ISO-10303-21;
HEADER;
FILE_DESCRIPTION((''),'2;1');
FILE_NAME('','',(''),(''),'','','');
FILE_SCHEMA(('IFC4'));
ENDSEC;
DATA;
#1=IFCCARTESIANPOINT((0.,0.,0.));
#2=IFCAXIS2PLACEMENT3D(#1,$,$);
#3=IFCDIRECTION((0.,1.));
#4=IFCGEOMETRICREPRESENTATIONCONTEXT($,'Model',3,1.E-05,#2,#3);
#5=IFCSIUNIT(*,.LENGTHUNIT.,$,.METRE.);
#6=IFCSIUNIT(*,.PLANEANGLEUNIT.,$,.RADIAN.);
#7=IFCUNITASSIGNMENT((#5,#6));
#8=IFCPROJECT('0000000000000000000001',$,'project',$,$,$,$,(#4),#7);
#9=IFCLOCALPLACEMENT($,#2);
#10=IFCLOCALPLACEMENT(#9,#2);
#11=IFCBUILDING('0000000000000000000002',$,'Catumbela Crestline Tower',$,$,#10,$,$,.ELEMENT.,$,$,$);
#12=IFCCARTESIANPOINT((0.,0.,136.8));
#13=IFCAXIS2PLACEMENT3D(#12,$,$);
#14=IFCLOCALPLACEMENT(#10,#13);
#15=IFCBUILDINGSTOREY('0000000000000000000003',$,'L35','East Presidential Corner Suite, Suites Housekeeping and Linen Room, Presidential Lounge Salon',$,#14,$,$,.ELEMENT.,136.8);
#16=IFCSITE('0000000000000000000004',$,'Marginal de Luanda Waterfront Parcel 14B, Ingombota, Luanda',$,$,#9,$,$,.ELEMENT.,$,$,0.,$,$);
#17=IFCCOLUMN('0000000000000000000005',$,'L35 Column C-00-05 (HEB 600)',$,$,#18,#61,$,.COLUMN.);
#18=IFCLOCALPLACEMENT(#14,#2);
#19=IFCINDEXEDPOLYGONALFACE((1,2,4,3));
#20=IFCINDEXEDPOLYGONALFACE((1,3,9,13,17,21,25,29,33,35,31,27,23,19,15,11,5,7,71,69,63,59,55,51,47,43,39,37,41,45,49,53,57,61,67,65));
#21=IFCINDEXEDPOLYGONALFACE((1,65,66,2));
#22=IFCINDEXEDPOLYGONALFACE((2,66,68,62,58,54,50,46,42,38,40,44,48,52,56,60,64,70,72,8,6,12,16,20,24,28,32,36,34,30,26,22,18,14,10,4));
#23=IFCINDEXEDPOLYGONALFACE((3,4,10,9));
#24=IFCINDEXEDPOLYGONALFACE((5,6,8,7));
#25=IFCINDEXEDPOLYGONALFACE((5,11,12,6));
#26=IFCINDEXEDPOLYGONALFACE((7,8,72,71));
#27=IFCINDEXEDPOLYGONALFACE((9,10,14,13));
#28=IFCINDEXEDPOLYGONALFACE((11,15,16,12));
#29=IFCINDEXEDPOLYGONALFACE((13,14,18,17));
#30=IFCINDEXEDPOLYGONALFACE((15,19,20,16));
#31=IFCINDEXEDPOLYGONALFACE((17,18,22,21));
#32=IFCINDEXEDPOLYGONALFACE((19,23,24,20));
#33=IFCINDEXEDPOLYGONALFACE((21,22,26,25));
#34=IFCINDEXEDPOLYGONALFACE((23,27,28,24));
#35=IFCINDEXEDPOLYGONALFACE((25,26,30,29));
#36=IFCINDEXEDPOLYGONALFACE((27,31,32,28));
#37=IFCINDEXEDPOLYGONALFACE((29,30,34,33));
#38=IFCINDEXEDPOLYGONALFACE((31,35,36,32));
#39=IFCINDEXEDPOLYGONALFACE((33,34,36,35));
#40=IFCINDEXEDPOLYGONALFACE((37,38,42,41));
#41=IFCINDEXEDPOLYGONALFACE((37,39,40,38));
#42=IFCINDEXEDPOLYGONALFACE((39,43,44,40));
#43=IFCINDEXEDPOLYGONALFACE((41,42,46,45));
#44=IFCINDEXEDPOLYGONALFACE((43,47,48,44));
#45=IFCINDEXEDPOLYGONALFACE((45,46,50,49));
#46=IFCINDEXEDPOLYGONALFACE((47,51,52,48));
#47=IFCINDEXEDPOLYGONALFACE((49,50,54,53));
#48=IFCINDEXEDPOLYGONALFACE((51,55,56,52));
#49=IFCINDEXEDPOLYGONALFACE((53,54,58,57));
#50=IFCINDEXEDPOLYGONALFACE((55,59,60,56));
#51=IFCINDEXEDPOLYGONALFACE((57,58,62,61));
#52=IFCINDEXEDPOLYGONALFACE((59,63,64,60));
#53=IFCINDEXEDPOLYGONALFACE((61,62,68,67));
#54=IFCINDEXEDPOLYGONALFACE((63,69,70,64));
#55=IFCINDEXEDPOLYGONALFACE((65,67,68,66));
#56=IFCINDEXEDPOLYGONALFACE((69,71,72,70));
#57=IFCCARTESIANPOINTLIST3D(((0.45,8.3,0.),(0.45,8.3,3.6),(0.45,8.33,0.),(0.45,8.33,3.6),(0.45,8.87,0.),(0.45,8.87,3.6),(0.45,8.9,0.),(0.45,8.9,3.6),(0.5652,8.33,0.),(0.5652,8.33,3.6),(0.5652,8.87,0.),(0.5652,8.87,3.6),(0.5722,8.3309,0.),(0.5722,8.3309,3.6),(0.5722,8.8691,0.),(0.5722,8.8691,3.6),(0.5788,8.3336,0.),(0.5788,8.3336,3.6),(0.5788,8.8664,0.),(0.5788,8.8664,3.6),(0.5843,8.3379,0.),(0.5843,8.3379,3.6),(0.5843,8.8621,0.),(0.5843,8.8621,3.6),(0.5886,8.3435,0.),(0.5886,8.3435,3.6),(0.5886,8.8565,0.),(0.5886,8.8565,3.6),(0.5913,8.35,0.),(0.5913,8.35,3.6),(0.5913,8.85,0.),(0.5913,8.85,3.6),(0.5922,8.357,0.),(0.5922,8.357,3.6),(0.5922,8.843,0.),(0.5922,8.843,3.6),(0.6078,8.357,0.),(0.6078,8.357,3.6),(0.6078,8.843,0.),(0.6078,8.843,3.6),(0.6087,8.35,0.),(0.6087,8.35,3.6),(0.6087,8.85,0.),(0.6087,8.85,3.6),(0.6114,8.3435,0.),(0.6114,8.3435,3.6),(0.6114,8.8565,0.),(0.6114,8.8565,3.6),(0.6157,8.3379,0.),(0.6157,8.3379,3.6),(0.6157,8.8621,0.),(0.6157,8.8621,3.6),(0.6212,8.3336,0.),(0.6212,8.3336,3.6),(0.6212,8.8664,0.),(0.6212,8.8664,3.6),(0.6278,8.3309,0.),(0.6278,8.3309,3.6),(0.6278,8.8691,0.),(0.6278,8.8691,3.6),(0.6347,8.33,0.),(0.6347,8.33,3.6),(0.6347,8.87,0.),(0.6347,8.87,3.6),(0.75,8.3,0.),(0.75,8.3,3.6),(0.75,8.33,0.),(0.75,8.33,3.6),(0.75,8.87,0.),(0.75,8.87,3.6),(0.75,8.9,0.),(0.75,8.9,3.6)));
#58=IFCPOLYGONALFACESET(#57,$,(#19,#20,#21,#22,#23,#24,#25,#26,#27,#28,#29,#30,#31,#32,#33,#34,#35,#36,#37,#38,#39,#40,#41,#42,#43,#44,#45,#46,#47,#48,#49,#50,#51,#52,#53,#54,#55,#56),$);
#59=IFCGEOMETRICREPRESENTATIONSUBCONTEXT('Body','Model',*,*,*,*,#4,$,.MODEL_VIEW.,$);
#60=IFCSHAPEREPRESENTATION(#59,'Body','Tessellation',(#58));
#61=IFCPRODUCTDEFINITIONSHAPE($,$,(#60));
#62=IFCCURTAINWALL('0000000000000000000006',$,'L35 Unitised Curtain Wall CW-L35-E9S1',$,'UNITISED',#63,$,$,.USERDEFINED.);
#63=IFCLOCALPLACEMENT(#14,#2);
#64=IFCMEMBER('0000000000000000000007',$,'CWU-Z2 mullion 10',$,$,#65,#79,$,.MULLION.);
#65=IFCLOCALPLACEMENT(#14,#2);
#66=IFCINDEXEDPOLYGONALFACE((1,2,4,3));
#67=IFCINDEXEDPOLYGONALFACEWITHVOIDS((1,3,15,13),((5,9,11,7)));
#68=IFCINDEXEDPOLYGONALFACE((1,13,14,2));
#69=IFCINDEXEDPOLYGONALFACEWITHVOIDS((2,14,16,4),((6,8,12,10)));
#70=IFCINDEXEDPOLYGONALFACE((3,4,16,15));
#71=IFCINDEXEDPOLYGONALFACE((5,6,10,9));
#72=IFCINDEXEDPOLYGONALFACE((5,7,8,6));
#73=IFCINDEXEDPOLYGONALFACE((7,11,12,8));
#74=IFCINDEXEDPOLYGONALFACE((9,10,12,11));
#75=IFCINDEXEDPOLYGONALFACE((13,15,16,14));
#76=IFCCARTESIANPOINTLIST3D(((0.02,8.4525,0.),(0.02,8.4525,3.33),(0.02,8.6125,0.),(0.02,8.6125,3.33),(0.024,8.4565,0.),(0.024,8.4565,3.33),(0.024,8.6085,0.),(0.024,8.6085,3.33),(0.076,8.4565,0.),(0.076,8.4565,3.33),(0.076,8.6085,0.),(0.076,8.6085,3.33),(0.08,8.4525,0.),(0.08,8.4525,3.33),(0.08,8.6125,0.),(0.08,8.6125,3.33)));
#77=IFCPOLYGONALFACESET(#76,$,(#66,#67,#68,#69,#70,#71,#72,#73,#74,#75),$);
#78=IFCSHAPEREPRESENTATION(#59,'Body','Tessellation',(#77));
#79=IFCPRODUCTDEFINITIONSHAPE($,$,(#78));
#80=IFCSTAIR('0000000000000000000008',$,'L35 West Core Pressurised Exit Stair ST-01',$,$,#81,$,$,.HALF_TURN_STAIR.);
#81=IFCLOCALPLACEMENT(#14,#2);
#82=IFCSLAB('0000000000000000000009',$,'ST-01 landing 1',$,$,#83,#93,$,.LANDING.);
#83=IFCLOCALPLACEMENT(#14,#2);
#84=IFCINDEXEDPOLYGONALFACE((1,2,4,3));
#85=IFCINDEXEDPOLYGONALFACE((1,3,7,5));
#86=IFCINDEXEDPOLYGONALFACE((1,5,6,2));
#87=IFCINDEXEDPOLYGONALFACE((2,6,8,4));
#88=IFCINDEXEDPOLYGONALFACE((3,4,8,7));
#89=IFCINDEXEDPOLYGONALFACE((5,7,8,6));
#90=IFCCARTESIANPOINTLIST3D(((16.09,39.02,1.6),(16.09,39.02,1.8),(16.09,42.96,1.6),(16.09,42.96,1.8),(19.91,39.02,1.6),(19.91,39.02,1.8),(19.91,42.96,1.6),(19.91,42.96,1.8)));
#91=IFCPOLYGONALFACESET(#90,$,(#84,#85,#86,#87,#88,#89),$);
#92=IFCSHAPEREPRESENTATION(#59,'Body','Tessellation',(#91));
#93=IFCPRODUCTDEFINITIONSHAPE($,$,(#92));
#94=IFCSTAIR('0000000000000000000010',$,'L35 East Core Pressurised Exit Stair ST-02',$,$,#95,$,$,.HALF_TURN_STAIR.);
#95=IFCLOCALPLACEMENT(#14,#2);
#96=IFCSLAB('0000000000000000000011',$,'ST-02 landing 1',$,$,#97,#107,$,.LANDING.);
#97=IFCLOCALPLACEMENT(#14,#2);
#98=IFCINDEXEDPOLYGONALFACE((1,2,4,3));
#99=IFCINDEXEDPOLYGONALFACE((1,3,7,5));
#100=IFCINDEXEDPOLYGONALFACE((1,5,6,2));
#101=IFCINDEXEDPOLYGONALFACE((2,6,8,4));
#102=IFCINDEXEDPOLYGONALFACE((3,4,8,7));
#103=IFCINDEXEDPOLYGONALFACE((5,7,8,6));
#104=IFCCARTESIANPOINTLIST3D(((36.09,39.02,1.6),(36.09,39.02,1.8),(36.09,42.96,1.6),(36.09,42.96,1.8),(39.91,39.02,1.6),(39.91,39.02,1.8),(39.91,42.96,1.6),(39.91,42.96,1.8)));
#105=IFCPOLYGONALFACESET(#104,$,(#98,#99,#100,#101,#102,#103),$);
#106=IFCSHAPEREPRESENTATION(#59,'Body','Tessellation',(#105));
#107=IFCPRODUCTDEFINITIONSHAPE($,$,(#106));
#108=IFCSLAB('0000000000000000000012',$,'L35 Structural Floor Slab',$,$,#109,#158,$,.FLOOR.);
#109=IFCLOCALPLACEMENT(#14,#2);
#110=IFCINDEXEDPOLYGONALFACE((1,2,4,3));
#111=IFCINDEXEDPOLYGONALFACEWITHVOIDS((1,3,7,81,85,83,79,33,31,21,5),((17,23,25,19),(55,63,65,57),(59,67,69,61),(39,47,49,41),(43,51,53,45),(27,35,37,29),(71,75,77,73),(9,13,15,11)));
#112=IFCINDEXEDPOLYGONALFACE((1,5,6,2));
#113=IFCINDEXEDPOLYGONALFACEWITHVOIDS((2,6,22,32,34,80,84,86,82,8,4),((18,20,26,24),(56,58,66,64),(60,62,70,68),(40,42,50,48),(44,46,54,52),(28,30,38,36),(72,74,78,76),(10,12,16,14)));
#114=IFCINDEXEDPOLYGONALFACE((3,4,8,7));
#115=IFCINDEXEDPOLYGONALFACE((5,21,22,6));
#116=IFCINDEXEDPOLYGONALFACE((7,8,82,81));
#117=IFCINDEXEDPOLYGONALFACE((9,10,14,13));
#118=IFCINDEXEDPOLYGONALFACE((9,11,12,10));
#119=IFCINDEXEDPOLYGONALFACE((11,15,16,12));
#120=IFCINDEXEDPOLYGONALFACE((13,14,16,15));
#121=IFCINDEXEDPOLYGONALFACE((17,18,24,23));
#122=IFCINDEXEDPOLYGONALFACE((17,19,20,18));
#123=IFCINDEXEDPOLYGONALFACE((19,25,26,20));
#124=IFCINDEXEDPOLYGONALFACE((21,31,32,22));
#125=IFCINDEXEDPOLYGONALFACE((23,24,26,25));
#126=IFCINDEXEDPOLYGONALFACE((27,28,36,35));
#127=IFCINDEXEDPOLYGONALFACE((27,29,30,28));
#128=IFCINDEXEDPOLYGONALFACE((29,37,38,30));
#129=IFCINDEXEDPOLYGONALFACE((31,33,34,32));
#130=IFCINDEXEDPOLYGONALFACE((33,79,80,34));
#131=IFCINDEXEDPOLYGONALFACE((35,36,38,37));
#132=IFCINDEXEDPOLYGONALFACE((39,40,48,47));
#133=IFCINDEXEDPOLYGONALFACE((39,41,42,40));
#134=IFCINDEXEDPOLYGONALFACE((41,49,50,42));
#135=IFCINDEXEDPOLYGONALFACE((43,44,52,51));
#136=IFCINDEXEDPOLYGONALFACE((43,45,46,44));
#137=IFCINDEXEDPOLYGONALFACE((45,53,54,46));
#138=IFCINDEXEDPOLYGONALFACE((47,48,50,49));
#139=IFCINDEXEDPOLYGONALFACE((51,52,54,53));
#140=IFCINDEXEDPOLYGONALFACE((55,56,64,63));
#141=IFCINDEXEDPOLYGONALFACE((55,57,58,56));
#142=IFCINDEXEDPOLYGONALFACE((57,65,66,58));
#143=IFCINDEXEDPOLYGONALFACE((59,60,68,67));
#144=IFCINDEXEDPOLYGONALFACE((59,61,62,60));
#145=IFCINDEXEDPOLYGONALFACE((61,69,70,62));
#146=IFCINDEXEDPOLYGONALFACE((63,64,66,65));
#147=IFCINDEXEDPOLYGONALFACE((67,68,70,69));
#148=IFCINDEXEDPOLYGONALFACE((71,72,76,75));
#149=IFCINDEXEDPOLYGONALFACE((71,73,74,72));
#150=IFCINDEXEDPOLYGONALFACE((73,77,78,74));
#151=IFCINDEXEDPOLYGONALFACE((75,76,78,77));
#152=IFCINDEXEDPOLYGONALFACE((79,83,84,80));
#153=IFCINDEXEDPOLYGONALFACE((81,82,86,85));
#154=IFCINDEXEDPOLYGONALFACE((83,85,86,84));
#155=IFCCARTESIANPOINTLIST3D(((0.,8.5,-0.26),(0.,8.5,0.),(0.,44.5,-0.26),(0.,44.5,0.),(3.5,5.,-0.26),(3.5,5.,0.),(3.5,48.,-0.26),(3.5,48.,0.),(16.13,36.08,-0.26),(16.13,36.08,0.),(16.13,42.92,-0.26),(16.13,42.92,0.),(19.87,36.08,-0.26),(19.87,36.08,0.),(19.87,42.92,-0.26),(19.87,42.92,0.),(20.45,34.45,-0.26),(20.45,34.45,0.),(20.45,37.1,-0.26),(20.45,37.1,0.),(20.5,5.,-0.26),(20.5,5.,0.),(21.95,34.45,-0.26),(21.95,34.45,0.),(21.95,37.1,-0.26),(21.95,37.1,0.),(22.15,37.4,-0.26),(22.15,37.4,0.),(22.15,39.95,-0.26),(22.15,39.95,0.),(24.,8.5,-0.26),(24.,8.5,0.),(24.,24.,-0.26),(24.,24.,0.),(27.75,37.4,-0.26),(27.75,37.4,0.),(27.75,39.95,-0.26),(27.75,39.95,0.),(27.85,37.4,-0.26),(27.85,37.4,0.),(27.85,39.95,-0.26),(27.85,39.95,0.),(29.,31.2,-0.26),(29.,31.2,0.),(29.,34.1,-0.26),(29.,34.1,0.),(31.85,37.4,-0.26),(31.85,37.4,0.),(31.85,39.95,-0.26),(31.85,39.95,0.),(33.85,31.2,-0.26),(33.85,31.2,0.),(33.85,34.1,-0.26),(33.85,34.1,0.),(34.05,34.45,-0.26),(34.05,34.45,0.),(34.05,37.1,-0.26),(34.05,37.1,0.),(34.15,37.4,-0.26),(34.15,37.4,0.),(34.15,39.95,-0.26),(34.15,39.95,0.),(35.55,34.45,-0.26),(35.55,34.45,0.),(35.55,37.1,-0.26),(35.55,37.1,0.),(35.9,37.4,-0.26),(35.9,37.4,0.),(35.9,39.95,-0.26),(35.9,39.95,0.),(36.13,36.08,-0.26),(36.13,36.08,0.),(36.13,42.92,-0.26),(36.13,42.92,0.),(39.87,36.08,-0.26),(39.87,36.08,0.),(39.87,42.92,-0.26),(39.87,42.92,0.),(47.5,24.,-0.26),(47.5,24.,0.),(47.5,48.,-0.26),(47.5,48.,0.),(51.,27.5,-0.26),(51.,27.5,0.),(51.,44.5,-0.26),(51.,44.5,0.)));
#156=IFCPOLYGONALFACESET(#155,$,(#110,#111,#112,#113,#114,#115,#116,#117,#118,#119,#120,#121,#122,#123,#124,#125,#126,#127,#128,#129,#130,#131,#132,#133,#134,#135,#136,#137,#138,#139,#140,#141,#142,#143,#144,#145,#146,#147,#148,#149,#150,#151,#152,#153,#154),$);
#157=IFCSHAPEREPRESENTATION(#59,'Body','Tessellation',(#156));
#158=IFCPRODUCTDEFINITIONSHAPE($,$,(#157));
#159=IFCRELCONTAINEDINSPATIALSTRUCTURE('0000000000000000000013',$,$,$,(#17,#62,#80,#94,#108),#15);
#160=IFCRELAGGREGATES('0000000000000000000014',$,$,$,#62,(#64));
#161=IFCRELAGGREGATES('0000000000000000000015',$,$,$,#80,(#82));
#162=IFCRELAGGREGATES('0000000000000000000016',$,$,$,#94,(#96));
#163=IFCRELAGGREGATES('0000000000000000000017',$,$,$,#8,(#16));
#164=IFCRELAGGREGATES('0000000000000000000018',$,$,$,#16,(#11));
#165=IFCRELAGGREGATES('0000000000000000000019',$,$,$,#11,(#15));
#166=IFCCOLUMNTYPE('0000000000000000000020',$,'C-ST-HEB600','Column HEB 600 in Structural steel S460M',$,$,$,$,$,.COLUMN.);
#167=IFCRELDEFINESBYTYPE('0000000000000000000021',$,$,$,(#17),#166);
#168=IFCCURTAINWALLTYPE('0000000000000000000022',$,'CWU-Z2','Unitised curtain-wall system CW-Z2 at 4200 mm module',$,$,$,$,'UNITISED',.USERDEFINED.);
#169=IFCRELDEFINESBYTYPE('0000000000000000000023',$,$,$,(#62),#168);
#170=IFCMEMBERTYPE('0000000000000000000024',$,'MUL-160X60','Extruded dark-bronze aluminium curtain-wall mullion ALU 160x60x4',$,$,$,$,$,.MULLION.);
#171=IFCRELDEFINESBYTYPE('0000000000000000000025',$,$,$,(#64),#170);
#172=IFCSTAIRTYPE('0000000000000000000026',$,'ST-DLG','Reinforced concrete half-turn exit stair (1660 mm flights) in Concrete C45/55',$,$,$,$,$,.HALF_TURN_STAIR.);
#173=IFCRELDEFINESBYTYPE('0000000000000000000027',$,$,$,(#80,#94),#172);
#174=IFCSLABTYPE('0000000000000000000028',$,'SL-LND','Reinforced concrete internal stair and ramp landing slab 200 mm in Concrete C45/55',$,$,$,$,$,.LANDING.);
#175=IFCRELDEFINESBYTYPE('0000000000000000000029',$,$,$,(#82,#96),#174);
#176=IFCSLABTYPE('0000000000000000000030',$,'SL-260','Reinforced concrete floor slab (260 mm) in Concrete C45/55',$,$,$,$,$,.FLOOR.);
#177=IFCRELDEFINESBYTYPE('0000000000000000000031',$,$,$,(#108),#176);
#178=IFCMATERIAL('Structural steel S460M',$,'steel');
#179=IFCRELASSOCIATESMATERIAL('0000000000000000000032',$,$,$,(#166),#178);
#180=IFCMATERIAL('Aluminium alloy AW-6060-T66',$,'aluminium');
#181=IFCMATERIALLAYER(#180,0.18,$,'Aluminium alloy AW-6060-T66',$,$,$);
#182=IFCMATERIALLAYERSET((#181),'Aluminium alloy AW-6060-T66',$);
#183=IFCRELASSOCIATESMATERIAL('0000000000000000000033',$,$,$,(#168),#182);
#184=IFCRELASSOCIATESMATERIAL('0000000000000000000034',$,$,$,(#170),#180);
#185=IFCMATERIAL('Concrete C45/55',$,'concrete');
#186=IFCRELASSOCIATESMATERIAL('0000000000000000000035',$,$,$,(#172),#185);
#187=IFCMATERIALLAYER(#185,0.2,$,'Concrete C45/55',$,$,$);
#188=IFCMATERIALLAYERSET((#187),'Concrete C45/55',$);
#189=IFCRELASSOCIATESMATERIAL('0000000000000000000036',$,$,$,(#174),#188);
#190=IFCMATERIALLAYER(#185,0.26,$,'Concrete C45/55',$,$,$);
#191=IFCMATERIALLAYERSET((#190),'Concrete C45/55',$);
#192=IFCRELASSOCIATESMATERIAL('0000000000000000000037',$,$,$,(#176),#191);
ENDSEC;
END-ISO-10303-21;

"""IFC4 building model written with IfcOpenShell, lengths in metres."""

from ifc_helpers import new_model, si_unit, direction, frame, origin, origin_2d, place, context, subcontext, project, spatial, polyline, hollow_rectangle, i_section, outline, extrude, material, layer, layer_set, material_profile, profile_set, type_object, element, aggregate, save


model = new_model("IFC4")

# Units and contexts
model_context = context("Model", 3, precision=1e-05, world=origin(), true_north=direction((0.0, 1.0)))
body_context = subcontext(model_context, "Body", "Model", "MODEL_VIEW")
ifc_project = project(units=[si_unit("LENGTHUNIT", "METRE"), si_unit("PLANEANGLEUNIT", "RADIAN")], contexts=[model_context])

# Site, building, storey
site_placement = place(None, origin())
site = spatial("IfcSite", under=ifc_project, at=site_placement, Name="Marginal de Luanda Waterfront Parcel 14B, Ingombota, Luanda", CompositionType="ELEMENT", RefElevation=0.0)
building_placement = place(site_placement, origin())
building = spatial("IfcBuilding", under=site, at=building_placement, Name="Catumbela Crestline Tower", CompositionType="ELEMENT")
storey_placement = place(building_placement, frame((0.0, 0.0, 136.8)))
storey = spatial("IfcBuildingStorey", under=building, at=storey_placement, Name="L35", Description="East Presidential Corner Suite, Suites Housekeeping and Linen Room, Presidential Lounge Salon", CompositionType="ELEMENT", Elevation=136.8)

# Column
ifc_material_1 = material(Name="Structural steel S460M", Category="steel")
ifc_material_profile_1 = material_profile(ifc_material_1, i_section(OverallWidth=0.3, OverallDepth=0.6, WebThickness=0.0155, FlangeThickness=0.03, FilletRadius=0.027, at=origin_2d()), Name="HEB 600")
ifc_profile_set_1 = profile_set([ifc_material_profile_1], Name="Structural steel S460M")
column_type = type_object("IfcColumnType", Name="C-ST-HEB600", Description="Column HEB 600 in Structural steel S460M", PredefinedType="COLUMN", material=ifc_profile_set_1)
column_placement = place(storey_placement, frame((0.6, 8.6, 0.0), z_axis=(0.0, 0.0, 1.0), x_axis=(1.0, 0.0, 0.0)))
element("IfcColumn", 1, at=column_placement, inside=storey, type_object=column_type, Name="L35 Column C-00-05 (HEB 600)", PredefinedType="COLUMN", context=body_context, shape_type="SweptSolid", body=[
    extrude(i_section(OverallWidth=0.3, OverallDepth=0.6, WebThickness=0.0155, FlangeThickness=0.03, FilletRadius=0.027, at=origin_2d()), origin(), (0.0, 0.0, 1.0), 3.6),
])

# Curtain wall, member
ifc_material_2 = material(Name="Aluminium alloy AW-6060-T66", Category="aluminium")
ifc_layer_1 = layer(ifc_material_2, 0.18, Name="Aluminium alloy AW-6060-T66")
ifc_layer_set_1 = layer_set([ifc_layer_1], Name="Aluminium alloy AW-6060-T66")
curtain_wall_type = type_object("IfcCurtainWallType", Name="CWU-Z2", Description="Unitised curtain-wall system CW-Z2 at 4200 mm module", ElementType="UNITISED", PredefinedType="USERDEFINED", material=ifc_layer_set_1)
curtain_wall_placement = place(storey_placement, origin())
curtain_wall = element("IfcCurtainWall", 2, at=curtain_wall_placement, inside=storey, type_object=curtain_wall_type, Name="L35 Unitised Curtain Wall CW-L35-E9S1", ObjectType="UNITISED", PredefinedType="USERDEFINED")
ifc_material_profile_2 = material_profile(ifc_material_2, hollow_rectangle(XDim=0.06, YDim=0.16, WallThickness=0.004, at=origin_2d()), Name="ALU 160x60x4")
ifc_profile_set_2 = profile_set([ifc_material_profile_2], Name="Aluminium alloy AW-6060-T66")
member_type = type_object("IfcMemberType", Name="MUL-160X60", Description="Extruded dark-bronze aluminium curtain-wall mullion ALU 160x60x4", PredefinedType="MULLION", material=ifc_profile_set_2)
member_placement = place(storey_placement, frame((0.05, 8.5325, 0.0), z_axis=(0.0, 0.0, 1.0), x_axis=(1.0, 0.0, 0.0)))
member = element("IfcMember", 3, at=member_placement, type_object=member_type, Name="CWU-Z2 mullion 10", PredefinedType="MULLION", context=body_context, shape_type="SweptSolid", body=[
    extrude(hollow_rectangle(XDim=0.06, YDim=0.16, WallThickness=0.004, at=origin_2d()), origin(), (0.0, 0.0, 1.0), 3.33),
])
aggregate(curtain_wall, [member])

# Stairs, slabs
ifc_material_3 = material(Name="Concrete C45/55", Category="concrete")
stair_type = type_object("IfcStairType", Name="ST-DLG", Description="Reinforced concrete half-turn exit stair (1660 mm flights) in Concrete C45/55", PredefinedType="HALF_TURN_STAIR", material=ifc_material_3)
stair_1_placement = place(storey_placement, origin())
stair_1 = element("IfcStair", 4, at=stair_1_placement, inside=storey, type_object=stair_type, Name="L35 West Core Pressurised Exit Stair ST-01", PredefinedType="HALF_TURN_STAIR")
ifc_layer_2 = layer(ifc_material_3, 0.2, Name="Concrete C45/55")
ifc_layer_set_2 = layer_set([ifc_layer_2], Name="Concrete C45/55")
slab_type_1 = type_object("IfcSlabType", Name="SL-LND", Description="Reinforced concrete internal stair and ramp landing slab 200 mm in Concrete C45/55", PredefinedType="LANDING", material=ifc_layer_set_2)
slab_1_placement = place(storey_placement, frame((0.0, 0.0, 1.6)))
slab_1 = element("IfcSlab", 5, at=slab_1_placement, type_object=slab_type_1, Name="ST-01 landing 1", PredefinedType="LANDING", context=body_context, shape_type="SweptSolid", body=[
    extrude(outline(polyline([(19.91, 39.02), (19.91, 42.96), (16.09, 42.96), (16.09, 39.02), (19.91, 39.02)])), origin(), (0.0, 0.0, 1.0), 0.2),
])
aggregate(stair_1, [slab_1])
stair_2_placement = place(storey_placement, origin())
stair_2 = element("IfcStair", 6, at=stair_2_placement, inside=storey, type_object=stair_type, Name="L35 East Core Pressurised Exit Stair ST-02", PredefinedType="HALF_TURN_STAIR")
slab_2_placement = place(storey_placement, frame((0.0, 0.0, 1.6)))
slab_2 = element("IfcSlab", 7, at=slab_2_placement, type_object=slab_type_1, Name="ST-02 landing 1", PredefinedType="LANDING", context=body_context, shape_type="SweptSolid", body=[
    extrude(outline(polyline([(39.91, 39.02), (39.91, 42.96), (36.09, 42.96), (36.09, 39.02), (39.91, 39.02)])), origin(), (0.0, 0.0, 1.0), 0.2),
])
aggregate(stair_2, [slab_2])

# Slab
ifc_layer_3 = layer(ifc_material_3, 0.26, Name="Concrete C45/55")
ifc_layer_set_3 = layer_set([ifc_layer_3], Name="Concrete C45/55")
slab_type_2 = type_object("IfcSlabType", Name="SL-260", Description="Reinforced concrete floor slab (260 mm) in Concrete C45/55", PredefinedType="FLOOR", material=ifc_layer_set_3)
slab_3_placement = place(storey_placement, frame((0.0, 0.0, -0.26)))
element("IfcSlab", 8, at=slab_3_placement, inside=storey, type_object=slab_type_2, Name="L35 Structural Floor Slab", PredefinedType="FLOOR", context=body_context, shape_type="SweptSolid", body=[
    extrude(outline(polyline([(3.5, 5.0), (20.5, 5.0), (24.0, 8.5), (24.0, 24.0), (47.5, 24.0), (51.0, 27.5), (51.0, 44.5), (47.5, 48.0), (3.5, 48.0), (0.0, 44.5), (0.0, 8.5), (3.5, 5.0)]), holes=[polyline([(16.13, 36.08), (19.87, 36.08), (19.87, 42.92), (16.13, 42.92), (16.13, 36.08)]), polyline([(36.13, 36.08), (39.87, 36.08), (39.87, 42.92), (36.13, 42.92), (36.13, 36.08)]), polyline([(29.0, 31.2), (33.85, 31.2), (33.85, 34.1), (29.0, 34.1), (29.0, 31.2)]), polyline([(22.15, 37.4), (27.75, 37.4), (27.75, 39.95), (22.15, 39.95), (22.15, 37.4)]), polyline([(27.85, 37.4), (31.85, 37.4), (31.85, 39.95), (27.85, 39.95), (27.85, 37.4)]), polyline([(20.45, 34.45), (21.95, 34.45), (21.95, 37.1), (20.45, 37.1), (20.45, 34.45)]), polyline([(34.05, 34.45), (35.55, 34.45), (35.55, 37.1), (34.05, 37.1), (34.05, 34.45)]), polyline([(34.15, 37.4), (35.9, 37.4), (35.9, 39.95), (34.15, 39.95), (34.15, 37.4)])]), origin(), (0.0, 0.0, 1.0), 0.26),
])

save(model, "model.ifc")
